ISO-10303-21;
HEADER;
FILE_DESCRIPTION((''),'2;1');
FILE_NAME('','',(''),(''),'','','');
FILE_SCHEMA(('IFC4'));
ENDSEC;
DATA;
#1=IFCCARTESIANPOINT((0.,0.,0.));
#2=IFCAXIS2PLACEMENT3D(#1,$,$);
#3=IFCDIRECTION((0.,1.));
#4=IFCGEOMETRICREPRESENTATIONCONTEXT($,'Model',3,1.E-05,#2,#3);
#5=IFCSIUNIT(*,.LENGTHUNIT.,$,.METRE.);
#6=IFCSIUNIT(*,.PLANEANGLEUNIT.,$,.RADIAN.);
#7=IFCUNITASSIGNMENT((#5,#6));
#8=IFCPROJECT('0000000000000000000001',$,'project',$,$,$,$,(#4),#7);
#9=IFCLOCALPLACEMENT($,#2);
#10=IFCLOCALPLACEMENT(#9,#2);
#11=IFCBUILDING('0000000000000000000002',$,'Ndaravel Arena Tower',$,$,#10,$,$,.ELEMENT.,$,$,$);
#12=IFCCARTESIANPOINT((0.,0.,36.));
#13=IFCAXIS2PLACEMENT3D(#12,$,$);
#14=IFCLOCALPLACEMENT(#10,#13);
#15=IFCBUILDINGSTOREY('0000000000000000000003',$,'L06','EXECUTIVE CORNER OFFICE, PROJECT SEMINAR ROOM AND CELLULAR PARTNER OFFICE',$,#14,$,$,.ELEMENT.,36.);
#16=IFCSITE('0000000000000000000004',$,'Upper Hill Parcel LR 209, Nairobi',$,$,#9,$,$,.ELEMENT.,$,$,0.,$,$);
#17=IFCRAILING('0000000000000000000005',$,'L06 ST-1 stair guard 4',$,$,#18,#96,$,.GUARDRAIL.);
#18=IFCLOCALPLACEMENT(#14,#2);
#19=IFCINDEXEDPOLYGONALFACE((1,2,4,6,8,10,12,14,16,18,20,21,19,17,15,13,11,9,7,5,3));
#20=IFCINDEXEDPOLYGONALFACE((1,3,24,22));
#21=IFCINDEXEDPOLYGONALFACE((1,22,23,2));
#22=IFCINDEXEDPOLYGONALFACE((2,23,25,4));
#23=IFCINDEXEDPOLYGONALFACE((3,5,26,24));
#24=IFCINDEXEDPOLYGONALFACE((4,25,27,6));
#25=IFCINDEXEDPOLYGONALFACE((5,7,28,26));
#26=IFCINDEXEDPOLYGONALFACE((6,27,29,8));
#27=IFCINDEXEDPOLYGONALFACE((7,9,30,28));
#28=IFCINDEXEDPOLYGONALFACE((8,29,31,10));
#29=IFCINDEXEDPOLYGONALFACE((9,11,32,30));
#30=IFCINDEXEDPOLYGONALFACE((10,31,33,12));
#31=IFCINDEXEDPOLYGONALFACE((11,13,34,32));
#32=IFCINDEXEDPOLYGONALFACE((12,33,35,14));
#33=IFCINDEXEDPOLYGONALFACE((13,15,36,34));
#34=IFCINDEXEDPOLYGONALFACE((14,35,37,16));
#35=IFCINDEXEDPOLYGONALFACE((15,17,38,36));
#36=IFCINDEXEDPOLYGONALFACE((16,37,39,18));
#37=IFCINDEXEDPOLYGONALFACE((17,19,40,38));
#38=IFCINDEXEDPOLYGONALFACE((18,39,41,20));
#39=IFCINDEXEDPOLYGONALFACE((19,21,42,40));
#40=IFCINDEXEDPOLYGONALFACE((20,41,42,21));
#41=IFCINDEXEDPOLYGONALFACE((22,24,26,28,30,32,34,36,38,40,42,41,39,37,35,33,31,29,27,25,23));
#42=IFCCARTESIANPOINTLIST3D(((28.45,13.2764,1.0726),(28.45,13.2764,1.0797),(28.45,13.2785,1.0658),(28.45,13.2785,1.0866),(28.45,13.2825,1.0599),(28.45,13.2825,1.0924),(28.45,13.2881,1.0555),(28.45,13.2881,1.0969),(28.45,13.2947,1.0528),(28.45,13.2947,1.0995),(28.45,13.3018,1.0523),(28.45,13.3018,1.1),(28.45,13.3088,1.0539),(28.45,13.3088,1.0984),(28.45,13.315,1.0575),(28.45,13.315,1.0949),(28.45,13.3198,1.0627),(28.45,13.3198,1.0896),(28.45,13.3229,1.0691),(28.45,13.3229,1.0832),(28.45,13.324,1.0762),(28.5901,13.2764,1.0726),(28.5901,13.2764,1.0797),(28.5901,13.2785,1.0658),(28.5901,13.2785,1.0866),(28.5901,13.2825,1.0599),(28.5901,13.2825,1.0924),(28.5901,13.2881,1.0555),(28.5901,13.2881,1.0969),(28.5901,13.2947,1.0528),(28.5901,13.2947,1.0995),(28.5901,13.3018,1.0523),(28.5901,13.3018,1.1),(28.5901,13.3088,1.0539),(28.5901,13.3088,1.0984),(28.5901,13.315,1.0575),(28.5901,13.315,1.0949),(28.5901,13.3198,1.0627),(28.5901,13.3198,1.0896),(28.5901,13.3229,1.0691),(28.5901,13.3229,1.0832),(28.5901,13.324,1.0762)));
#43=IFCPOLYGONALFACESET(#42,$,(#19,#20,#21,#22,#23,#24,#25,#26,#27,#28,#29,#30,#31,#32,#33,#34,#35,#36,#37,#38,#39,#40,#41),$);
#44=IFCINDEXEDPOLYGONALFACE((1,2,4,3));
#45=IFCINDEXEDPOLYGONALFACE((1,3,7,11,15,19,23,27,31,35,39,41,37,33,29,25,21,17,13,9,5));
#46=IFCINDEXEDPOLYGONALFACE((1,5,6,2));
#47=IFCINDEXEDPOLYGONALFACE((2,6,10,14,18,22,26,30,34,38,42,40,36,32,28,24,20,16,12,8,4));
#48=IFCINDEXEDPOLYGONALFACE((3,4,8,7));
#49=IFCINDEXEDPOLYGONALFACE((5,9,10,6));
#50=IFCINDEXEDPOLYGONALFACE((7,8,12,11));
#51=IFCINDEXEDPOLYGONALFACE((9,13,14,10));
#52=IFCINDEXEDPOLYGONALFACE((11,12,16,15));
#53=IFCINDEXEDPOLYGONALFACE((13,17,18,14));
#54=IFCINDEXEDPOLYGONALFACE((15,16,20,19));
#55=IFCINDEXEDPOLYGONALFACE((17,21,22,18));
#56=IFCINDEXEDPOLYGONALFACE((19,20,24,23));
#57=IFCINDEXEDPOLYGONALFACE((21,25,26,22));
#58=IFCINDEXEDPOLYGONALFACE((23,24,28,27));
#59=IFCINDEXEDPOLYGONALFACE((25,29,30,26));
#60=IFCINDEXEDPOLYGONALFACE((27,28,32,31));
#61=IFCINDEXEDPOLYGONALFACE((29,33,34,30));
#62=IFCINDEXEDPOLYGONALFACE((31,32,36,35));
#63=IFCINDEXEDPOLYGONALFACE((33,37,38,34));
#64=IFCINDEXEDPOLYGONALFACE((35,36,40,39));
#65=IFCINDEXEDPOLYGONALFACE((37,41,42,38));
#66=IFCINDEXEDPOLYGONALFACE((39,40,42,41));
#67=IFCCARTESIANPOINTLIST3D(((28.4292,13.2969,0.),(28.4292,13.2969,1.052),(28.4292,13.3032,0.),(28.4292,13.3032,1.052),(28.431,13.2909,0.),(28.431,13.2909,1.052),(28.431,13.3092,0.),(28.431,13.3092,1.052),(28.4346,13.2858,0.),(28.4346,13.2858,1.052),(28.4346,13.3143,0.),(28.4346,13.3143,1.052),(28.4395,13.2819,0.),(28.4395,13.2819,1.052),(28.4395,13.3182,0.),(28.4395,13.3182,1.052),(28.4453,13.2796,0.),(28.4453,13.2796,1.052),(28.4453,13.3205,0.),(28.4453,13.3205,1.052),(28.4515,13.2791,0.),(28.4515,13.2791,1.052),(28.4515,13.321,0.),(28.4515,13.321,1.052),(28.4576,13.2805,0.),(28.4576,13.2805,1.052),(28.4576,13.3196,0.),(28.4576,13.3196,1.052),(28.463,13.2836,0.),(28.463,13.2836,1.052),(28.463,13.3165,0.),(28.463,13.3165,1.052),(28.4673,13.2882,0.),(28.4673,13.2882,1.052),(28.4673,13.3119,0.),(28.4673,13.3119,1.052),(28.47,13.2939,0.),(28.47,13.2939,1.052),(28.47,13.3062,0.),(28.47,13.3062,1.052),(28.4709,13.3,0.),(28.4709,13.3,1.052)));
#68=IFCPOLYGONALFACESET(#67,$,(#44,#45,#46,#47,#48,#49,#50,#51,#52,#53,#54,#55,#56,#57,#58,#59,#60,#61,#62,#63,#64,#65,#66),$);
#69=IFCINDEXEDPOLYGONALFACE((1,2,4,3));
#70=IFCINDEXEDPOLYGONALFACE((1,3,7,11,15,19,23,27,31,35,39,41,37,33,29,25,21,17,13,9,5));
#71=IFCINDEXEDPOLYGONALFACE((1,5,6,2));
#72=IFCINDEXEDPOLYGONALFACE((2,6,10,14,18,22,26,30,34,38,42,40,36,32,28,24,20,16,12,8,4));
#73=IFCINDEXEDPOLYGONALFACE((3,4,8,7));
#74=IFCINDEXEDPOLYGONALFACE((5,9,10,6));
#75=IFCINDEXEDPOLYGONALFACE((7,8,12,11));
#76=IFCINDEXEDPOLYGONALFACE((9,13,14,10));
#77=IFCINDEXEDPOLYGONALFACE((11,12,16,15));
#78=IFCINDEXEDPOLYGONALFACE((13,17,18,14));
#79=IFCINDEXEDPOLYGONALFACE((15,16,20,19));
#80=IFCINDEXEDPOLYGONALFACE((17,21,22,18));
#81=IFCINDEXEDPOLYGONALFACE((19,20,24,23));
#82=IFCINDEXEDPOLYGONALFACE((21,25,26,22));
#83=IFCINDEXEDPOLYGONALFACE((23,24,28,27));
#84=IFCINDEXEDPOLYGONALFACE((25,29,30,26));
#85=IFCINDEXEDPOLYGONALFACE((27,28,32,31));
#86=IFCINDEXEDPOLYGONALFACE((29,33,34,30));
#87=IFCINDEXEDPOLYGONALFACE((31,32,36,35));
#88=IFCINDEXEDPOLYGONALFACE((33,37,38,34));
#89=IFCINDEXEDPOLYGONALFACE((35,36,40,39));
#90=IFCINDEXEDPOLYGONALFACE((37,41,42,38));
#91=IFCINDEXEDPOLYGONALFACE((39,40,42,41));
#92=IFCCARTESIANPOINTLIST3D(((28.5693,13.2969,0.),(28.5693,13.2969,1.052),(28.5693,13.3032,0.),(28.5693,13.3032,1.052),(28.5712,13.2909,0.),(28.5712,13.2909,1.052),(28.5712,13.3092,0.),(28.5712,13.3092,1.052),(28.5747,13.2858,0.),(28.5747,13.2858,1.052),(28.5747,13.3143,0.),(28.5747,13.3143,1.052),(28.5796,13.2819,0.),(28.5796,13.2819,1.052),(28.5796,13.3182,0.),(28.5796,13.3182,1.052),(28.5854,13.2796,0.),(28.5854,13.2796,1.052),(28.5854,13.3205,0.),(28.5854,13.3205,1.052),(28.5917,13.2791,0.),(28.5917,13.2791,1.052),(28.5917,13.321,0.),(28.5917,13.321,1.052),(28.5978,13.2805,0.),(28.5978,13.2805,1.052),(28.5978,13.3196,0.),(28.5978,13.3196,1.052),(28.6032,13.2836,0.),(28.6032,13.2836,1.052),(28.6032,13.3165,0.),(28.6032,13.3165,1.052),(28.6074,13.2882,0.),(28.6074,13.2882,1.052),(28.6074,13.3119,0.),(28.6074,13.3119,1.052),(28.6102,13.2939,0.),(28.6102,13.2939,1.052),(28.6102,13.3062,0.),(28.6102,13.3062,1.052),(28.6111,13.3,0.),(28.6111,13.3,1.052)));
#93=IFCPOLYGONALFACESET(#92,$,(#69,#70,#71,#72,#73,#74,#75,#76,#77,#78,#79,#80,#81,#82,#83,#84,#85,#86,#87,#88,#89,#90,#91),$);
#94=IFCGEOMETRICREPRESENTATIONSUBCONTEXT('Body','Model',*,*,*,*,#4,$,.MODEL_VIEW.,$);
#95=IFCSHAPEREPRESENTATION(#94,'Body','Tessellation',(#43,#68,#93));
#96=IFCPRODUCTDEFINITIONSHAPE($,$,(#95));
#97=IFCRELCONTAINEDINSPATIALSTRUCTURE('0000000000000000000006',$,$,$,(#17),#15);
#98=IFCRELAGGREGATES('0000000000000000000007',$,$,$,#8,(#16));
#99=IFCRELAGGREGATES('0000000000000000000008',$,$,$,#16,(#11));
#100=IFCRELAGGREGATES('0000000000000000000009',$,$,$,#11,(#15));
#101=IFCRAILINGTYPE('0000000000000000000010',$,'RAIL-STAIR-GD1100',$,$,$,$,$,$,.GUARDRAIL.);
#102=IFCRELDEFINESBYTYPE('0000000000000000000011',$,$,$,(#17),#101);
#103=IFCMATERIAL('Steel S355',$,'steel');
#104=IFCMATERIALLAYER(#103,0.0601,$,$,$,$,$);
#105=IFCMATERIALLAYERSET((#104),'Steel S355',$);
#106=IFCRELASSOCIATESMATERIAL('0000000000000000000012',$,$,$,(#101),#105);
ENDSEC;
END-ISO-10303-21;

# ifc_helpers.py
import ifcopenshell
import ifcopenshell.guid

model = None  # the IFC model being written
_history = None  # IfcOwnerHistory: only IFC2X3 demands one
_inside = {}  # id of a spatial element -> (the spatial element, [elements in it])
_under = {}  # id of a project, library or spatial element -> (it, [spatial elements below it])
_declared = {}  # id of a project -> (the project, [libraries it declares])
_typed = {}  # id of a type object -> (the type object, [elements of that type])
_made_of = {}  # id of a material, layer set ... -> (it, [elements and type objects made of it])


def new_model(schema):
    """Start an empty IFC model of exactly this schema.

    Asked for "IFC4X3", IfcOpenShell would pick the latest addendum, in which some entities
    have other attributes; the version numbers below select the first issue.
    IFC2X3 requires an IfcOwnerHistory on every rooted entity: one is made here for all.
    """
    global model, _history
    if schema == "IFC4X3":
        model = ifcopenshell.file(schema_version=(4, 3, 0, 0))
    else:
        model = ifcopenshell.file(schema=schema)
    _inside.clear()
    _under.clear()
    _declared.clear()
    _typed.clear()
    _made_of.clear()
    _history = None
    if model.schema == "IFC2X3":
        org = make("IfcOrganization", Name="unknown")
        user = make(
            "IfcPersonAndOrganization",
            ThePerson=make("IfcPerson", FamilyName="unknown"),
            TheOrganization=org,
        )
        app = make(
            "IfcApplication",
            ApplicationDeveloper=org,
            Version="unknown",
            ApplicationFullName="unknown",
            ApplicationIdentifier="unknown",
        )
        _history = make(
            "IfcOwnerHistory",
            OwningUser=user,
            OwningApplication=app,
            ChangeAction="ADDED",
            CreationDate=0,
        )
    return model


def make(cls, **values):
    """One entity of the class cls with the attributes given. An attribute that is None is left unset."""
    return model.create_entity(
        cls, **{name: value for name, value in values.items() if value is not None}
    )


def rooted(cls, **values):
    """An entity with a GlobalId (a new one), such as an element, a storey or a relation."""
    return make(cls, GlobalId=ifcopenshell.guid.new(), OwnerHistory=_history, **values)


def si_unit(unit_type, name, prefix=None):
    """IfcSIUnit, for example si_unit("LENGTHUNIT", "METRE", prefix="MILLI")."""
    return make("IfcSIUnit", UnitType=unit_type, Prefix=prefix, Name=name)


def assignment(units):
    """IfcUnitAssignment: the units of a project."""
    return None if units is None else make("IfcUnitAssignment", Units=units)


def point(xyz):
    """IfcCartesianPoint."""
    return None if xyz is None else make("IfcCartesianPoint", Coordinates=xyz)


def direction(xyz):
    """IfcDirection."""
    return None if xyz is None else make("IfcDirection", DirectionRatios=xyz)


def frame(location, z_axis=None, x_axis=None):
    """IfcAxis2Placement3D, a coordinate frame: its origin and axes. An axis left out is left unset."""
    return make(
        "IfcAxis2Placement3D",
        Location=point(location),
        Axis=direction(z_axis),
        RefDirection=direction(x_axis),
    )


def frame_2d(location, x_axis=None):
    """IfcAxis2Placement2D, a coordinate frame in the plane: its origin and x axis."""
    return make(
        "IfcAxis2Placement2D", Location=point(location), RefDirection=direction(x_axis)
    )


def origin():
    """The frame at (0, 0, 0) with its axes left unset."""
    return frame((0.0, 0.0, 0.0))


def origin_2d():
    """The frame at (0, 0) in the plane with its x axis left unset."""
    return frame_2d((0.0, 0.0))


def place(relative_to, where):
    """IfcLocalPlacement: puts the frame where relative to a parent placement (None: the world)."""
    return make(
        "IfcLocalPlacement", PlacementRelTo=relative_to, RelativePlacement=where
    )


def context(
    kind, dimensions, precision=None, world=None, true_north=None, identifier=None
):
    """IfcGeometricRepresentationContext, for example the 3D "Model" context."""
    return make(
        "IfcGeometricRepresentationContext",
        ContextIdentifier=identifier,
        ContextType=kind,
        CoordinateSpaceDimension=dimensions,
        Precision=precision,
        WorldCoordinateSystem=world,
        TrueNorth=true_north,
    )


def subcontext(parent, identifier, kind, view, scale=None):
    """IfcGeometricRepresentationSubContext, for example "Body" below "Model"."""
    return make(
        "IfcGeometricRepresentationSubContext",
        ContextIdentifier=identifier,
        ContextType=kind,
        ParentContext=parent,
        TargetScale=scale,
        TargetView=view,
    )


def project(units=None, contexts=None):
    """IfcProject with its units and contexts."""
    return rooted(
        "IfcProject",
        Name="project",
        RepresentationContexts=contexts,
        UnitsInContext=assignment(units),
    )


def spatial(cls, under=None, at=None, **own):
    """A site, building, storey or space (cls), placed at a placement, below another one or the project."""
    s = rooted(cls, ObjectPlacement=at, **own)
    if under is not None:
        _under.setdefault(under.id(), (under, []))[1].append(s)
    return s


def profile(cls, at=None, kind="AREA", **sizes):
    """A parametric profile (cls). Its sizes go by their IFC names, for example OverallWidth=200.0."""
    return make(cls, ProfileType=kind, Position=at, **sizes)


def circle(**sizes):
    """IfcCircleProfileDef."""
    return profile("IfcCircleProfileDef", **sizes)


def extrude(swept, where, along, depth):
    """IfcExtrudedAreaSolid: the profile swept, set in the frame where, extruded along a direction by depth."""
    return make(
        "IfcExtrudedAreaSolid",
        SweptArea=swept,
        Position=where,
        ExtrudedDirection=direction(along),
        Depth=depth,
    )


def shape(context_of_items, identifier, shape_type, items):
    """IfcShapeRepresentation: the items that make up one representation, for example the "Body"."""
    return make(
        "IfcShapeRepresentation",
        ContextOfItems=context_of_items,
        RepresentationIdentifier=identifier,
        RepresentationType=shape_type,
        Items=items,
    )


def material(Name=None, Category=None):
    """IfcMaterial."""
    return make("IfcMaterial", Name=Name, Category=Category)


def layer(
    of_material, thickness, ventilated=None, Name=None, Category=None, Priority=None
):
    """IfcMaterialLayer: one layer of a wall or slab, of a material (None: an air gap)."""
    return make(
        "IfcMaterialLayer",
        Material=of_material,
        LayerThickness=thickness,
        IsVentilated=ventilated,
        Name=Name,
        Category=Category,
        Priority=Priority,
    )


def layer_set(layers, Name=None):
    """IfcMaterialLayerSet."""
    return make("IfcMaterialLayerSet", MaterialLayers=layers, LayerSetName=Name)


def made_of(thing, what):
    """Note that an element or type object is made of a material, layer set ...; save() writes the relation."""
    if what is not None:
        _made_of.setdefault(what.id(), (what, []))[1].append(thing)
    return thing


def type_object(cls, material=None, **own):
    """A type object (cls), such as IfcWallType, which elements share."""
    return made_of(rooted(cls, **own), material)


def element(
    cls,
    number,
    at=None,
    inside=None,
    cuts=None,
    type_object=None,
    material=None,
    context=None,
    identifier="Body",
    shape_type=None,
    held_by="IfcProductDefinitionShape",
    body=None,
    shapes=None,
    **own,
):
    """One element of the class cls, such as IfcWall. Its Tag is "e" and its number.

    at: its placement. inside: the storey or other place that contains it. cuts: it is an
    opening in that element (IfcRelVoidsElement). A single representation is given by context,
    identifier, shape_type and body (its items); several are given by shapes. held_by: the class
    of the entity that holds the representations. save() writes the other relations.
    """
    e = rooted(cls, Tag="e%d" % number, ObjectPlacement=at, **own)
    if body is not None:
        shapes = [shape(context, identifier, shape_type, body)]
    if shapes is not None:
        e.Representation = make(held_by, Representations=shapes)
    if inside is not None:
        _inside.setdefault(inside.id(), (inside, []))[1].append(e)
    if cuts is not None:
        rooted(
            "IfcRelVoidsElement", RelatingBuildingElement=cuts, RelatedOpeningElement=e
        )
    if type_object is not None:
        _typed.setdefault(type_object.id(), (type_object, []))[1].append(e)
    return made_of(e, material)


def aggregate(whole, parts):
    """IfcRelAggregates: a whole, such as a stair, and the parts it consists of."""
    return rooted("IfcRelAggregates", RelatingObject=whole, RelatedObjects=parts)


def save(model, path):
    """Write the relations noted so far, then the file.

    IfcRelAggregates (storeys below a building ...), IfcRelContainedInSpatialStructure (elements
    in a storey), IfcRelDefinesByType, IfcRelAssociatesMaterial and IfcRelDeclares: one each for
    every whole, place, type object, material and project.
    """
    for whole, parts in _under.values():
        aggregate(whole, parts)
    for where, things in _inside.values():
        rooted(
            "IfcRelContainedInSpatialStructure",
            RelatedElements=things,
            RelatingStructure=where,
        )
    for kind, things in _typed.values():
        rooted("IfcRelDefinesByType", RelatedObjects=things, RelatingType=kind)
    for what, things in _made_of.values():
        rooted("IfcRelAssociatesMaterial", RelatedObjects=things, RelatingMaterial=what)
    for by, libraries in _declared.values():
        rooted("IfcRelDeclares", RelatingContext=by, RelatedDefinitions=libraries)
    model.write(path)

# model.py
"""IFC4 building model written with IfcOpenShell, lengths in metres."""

from ifc_helpers import new_model, si_unit, direction, frame, origin, origin_2d, place, context, subcontext, project, spatial, circle, extrude, material, layer, layer_set, type_object, element, save


model = new_model("IFC4")

# Units and contexts
model_context = context("Model", 3, precision=1e-05, world=origin(), true_north=direction((0.0, 1.0)))
body_context = subcontext(model_context, "Body", "Model", "MODEL_VIEW")
ifc_project = project(units=[si_unit("LENGTHUNIT", "METRE"), si_unit("PLANEANGLEUNIT", "RADIAN")], contexts=[model_context])

# Site, building, storey
site_placement = place(None, origin())
site = spatial("IfcSite", under=ifc_project, at=site_placement, Name="Upper Hill Parcel LR 209, Nairobi", CompositionType="ELEMENT", RefElevation=0.0)
building_placement = place(site_placement, origin())
building = spatial("IfcBuilding", under=site, at=building_placement, Name="Ndaravel Arena Tower", CompositionType="ELEMENT")
storey_placement = place(building_placement, frame((0.0, 0.0, 36.0)))
storey = spatial("IfcBuildingStorey", under=building, at=storey_placement, Name="L06", Description="EXECUTIVE CORNER OFFICE, PROJECT SEMINAR ROOM AND CELLULAR PARTNER OFFICE", CompositionType="ELEMENT", Elevation=36.0)

# Railing
ifc_material_1 = material(Name="Steel S355", Category="steel")
ifc_layer_1 = layer(ifc_material_1, 0.0601)
ifc_layer_set_1 = layer_set([ifc_layer_1], Name="Steel S355")
railing_type_1 = type_object("IfcRailingType", Name="RAIL-STAIR-GD1100", PredefinedType="GUARDRAIL", material=ifc_layer_set_1)
railing_1_placement = place(storey_placement, frame((28.45, 13.3, 0.0)))
element("IfcRailing", 1, at=railing_1_placement, inside=storey, type_object=railing_type_1, Name="L06 ST-1 stair guard 4", PredefinedType="GUARDRAIL", context=body_context, shape_type="SweptSolid", body=[
    extrude(circle(Radius=0.0239, at=origin_2d()), frame((0.0, 0.0, 1.0762), z_axis=(1.0, 0.0, 0.0), x_axis=(0.0, 1.0, 0.0)), (0.0, 0.0, 1.0), 0.1401),
    extrude(circle(Radius=0.021, at=origin_2d()), origin(), (0.0, 0.0, 1.0), 1.052),
    extrude(circle(Radius=0.021, at=origin_2d()), frame((0.1401, 0.0, 0.0)), (0.0, 0.0, 1.0), 1.052),
])

save(model, "model.ifc")
